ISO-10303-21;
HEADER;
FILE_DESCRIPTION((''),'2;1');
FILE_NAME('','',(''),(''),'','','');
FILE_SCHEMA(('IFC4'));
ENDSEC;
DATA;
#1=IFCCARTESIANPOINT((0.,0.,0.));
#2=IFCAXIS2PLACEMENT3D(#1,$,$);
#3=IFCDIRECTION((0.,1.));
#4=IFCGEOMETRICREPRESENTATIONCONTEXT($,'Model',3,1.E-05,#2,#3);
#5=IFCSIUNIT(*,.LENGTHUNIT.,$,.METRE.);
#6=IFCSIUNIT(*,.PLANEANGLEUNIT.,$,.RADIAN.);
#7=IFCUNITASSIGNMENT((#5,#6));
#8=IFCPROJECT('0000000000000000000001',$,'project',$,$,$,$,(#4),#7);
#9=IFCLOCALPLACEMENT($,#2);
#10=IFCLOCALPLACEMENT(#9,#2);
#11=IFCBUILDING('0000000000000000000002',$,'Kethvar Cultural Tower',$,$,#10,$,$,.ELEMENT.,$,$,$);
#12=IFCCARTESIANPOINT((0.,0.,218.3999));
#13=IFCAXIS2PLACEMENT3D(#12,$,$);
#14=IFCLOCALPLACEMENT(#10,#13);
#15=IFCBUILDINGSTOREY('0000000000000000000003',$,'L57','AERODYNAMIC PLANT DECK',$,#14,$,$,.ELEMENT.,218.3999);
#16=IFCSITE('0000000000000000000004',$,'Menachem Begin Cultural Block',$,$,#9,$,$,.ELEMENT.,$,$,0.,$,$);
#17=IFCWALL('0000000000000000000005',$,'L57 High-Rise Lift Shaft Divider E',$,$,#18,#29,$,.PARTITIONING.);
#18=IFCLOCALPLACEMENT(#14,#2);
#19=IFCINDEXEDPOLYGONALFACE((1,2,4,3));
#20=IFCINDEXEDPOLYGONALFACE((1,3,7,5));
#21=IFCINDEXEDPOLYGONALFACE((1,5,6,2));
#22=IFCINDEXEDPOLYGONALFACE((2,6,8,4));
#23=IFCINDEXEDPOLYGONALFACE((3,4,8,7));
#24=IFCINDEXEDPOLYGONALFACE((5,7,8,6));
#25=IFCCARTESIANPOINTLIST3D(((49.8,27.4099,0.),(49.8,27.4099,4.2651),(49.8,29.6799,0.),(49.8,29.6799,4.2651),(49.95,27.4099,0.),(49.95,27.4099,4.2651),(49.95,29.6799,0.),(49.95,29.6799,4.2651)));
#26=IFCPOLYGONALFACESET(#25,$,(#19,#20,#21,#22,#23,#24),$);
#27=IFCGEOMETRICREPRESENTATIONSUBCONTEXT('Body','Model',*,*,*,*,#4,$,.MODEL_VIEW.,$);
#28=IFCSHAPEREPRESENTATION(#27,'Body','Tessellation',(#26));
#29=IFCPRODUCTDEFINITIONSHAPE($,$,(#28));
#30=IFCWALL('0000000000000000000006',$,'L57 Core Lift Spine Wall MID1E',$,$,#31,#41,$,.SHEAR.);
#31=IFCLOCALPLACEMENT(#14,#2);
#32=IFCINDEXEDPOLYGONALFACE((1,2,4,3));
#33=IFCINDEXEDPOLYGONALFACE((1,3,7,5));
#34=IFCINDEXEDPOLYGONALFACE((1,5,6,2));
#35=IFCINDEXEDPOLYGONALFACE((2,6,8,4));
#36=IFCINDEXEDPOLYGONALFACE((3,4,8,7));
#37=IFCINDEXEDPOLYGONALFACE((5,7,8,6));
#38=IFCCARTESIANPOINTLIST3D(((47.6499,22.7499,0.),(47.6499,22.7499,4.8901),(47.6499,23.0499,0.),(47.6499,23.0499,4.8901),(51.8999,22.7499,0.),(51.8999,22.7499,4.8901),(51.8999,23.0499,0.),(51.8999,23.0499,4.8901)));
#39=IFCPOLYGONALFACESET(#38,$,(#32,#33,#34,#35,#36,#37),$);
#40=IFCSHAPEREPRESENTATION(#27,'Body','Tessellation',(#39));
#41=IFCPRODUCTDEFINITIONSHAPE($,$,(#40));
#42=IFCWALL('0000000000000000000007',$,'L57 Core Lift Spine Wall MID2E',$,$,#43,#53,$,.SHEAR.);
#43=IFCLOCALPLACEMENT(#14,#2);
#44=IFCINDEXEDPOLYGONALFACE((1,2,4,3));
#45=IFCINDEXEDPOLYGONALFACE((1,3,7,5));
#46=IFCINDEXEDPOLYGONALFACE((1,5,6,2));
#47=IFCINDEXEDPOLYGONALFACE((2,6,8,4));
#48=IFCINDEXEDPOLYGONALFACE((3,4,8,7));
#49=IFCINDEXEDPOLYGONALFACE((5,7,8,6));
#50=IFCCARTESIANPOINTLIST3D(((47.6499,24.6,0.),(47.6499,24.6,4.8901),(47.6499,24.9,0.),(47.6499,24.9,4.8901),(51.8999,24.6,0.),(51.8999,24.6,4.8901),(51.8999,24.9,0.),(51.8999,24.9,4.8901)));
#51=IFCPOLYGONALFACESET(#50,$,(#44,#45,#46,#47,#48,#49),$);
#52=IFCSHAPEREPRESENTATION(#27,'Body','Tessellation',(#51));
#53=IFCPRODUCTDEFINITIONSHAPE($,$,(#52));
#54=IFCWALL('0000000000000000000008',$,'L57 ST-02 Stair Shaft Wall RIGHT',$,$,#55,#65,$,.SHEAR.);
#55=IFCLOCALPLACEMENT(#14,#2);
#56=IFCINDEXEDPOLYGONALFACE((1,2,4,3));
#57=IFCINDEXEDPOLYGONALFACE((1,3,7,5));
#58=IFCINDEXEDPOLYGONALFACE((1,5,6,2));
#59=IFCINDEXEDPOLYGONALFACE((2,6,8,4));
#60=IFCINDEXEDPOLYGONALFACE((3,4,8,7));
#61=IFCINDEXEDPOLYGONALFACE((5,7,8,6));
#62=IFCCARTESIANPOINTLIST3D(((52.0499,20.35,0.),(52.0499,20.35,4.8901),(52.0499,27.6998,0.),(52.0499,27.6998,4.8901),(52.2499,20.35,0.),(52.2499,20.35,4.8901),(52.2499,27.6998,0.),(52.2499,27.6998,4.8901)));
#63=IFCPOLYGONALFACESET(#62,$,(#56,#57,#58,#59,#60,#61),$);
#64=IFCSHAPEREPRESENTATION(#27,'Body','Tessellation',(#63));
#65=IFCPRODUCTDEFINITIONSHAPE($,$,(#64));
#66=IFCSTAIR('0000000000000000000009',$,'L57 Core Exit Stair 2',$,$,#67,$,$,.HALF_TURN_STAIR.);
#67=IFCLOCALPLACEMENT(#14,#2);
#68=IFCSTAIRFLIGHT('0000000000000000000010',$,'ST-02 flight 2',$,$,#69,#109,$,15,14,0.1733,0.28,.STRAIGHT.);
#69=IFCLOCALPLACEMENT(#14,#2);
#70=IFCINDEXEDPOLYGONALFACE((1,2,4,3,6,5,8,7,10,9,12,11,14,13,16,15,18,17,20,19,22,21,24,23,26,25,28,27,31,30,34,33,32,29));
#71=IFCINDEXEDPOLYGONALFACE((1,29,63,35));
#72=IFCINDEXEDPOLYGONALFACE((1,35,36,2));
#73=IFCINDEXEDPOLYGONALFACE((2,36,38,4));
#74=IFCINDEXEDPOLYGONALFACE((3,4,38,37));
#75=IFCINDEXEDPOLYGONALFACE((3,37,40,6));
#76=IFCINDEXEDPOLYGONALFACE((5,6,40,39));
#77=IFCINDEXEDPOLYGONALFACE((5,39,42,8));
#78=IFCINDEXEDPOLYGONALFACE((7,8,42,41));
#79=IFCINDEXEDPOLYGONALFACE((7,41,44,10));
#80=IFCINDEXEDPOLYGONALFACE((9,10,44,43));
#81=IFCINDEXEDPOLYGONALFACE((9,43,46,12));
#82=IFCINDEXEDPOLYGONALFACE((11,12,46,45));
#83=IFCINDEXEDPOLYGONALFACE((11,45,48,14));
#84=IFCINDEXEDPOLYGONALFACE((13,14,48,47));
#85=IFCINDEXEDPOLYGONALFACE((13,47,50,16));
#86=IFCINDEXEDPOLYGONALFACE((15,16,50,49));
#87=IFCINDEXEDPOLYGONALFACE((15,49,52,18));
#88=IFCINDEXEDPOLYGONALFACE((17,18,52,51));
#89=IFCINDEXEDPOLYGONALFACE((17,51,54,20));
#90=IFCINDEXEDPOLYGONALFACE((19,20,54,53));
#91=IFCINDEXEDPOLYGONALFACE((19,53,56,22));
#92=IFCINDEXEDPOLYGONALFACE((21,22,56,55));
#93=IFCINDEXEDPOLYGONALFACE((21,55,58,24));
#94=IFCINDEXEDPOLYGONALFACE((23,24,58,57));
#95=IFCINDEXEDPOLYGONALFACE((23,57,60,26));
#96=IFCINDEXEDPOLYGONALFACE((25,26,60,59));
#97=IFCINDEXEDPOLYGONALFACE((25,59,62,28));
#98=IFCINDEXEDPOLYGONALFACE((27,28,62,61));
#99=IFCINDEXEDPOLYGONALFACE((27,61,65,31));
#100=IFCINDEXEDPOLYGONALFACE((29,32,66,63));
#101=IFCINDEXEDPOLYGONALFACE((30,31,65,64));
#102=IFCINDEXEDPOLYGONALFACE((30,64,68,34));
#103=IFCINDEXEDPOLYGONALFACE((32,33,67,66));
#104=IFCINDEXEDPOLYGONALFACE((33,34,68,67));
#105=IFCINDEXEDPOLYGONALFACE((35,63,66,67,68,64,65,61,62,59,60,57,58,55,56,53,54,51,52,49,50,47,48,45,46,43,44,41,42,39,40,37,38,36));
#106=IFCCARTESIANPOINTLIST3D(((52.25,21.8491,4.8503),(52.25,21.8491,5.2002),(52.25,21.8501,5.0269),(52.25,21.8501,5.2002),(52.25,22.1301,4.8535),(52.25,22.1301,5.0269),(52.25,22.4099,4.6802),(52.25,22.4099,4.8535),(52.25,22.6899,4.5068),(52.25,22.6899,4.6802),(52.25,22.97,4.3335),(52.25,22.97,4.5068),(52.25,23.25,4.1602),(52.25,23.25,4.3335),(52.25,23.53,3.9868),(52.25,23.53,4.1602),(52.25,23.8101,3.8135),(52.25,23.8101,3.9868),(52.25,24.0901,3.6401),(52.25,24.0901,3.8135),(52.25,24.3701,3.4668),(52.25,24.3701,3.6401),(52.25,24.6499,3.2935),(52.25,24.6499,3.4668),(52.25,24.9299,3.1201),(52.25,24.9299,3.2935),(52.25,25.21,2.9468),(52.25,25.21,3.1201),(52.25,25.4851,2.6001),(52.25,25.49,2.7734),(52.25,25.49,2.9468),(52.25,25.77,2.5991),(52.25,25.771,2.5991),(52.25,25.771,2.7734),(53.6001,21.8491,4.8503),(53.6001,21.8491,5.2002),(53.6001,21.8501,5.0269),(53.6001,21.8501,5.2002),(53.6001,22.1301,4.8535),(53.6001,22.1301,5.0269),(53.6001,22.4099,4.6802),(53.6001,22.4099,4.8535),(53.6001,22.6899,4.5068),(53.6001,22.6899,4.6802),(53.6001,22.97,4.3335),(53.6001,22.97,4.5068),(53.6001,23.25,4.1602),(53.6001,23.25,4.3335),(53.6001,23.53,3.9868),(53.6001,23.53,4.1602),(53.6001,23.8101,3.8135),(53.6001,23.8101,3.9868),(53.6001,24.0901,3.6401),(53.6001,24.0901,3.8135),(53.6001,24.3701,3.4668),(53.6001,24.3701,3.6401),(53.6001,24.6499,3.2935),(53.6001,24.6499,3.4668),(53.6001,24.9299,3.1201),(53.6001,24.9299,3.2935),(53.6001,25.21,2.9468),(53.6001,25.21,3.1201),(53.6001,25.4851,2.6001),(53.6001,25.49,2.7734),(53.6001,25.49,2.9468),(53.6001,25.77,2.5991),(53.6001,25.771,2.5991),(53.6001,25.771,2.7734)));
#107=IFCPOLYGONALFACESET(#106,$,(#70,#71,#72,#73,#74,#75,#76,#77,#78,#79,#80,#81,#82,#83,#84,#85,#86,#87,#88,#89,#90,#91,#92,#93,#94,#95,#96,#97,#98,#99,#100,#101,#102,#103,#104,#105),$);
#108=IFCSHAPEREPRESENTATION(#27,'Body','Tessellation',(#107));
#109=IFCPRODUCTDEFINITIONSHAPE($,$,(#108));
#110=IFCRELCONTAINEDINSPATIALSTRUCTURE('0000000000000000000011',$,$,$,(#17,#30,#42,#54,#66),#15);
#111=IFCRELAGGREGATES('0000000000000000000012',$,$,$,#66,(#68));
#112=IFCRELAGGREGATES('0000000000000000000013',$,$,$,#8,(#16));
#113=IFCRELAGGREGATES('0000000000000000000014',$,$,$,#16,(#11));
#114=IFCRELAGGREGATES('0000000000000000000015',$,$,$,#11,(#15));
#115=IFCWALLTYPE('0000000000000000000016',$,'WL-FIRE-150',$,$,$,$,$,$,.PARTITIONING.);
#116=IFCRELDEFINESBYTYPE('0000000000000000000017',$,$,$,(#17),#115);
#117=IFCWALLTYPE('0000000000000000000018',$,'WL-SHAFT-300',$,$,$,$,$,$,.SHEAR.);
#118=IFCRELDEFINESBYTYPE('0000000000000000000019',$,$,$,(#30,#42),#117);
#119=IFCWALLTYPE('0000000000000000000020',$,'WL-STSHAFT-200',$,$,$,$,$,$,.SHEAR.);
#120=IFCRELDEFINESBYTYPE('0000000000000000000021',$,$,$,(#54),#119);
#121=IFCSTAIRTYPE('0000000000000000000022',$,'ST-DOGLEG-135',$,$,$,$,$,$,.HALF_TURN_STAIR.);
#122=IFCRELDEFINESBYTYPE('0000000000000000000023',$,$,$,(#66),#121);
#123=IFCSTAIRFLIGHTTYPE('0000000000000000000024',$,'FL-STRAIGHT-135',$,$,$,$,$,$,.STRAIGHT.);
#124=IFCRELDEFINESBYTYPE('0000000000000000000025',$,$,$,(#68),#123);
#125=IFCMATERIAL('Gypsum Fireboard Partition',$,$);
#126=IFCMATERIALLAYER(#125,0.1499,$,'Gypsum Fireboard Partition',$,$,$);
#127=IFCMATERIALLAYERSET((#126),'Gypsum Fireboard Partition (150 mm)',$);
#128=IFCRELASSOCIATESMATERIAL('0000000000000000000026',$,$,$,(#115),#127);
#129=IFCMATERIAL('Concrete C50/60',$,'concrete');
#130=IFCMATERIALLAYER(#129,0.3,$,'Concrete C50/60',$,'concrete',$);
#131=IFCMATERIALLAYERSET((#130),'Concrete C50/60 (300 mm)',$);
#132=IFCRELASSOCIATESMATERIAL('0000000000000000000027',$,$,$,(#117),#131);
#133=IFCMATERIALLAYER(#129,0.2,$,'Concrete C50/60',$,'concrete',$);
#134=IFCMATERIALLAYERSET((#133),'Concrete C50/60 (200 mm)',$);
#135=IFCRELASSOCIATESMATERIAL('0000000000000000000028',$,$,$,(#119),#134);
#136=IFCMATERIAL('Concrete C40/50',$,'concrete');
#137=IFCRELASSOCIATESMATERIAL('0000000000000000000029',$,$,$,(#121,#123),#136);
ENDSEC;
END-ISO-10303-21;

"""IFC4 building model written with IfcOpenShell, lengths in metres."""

from ifc_helpers import new_model, si_unit, direction, frame, frame_2d, origin, place, context, subcontext, project, spatial, polyline, rectangle, outline, extrude, material, layer, layer_set, type_object, element, aggregate, save


model = new_model("IFC4")

# Units and contexts
model_context = context("Model", 3, precision=1e-05, world=origin(), true_north=direction((0.0, 1.0)))
body_context = subcontext(model_context, "Body", "Model", "MODEL_VIEW")
ifc_project = project(units=[si_unit("LENGTHUNIT", "METRE"), si_unit("PLANEANGLEUNIT", "RADIAN")], contexts=[model_context])

# Site, building, storey
site_placement = place(None, origin())
site = spatial("IfcSite", under=ifc_project, at=site_placement, Name="Menachem Begin Cultural Block", CompositionType="ELEMENT", RefElevation=0.0)
building_placement = place(site_placement, origin())
building = spatial("IfcBuilding", under=site, at=building_placement, Name="Kethvar Cultural Tower", CompositionType="ELEMENT")
storey_placement = place(building_placement, frame((0.0, 0.0, 218.3999)))
storey = spatial("IfcBuildingStorey", under=building, at=storey_placement, Name="L57", Description="AERODYNAMIC PLANT DECK", CompositionType="ELEMENT", Elevation=218.3999)

# Shared definitions
ifc_material_1 = material(Name="Gypsum Fireboard Partition")
ifc_layer_1 = layer(ifc_material_1, 0.1499, Name="Gypsum Fireboard Partition")
ifc_layer_set_1 = layer_set([ifc_layer_1], Name="Gypsum Fireboard Partition (150 mm)")
wall_type_1 = type_object("IfcWallType", Name="WL-FIRE-150", PredefinedType="PARTITIONING", material=ifc_layer_set_1)

# Walls
for number, where, z_axis, x_axis, name in (
    (1, (49.875, 27.4099, 0.0), (0.0, 0.0, 1.0), (0.0, 1.0, 0.0), "L57 High-Rise Lift Shaft Divider E"),
):
    element("IfcWall", number, at=place(storey_placement, frame(where, z_axis=z_axis, x_axis=x_axis)), inside=storey, type_object=wall_type_1, Name=name, PredefinedType="PARTITIONING", context=body_context, shape_type="SweptSolid", body=[
        extrude(rectangle(XDim=2.27, YDim=0.1499, at=frame_2d((1.135, 0.0))), origin(), (0.0, 0.0, 1.0), 4.2651),
    ])
ifc_material_2 = material(Name="Concrete C50/60", Category="concrete")
ifc_layer_2 = layer(ifc_material_2, 0.3, Name="Concrete C50/60", Category="concrete")
ifc_layer_set_2 = layer_set([ifc_layer_2], Name="Concrete C50/60 (300 mm)")
wall_type_2 = type_object("IfcWallType", Name="WL-SHAFT-300", PredefinedType="SHEAR", material=ifc_layer_set_2)
for number, where, z_axis, x_axis, name in (
    (2, (47.6499, 22.8999, 0.0), (0.0, 0.0, 1.0), (1.0, 0.0, 0.0), "L57 Core Lift Spine Wall MID1E"),
    (3, (47.6499, 24.75, 0.0), (0.0, 0.0, 1.0), (1.0, 0.0, 0.0), "L57 Core Lift Spine Wall MID2E"),
):
    element("IfcWall", number, at=place(storey_placement, frame(where, z_axis=z_axis, x_axis=x_axis)), inside=storey, type_object=wall_type_2, Name=name, PredefinedType="SHEAR", context=body_context, shape_type="SweptSolid", body=[
        extrude(rectangle(XDim=4.25, YDim=0.3, at=frame_2d((2.125, 0.0))), origin(), (0.0, 0.0, 1.0), 4.8901),
    ])
ifc_layer_3 = layer(ifc_material_2, 0.2, Name="Concrete C50/60", Category="concrete")
ifc_layer_set_3 = layer_set([ifc_layer_3], Name="Concrete C50/60 (200 mm)")
wall_type_3 = type_object("IfcWallType", Name="WL-STSHAFT-200", PredefinedType="SHEAR", material=ifc_layer_set_3)
wall_1_placement = place(storey_placement, frame((52.1499, 20.3501, 0.0), z_axis=(0.0, 0.0, 1.0), x_axis=(0.0, 1.0, 0.0)))
element("IfcWall", 4, at=wall_1_placement, inside=storey, type_object=wall_type_3, Name="L57 ST-02 Stair Shaft Wall RIGHT", PredefinedType="SHEAR", context=body_context, shape_type="SweptSolid", body=[
    extrude(rectangle(XDim=7.3499, YDim=0.2, at=frame_2d((3.6748, 0.0))), origin(), (0.0, 0.0, 1.0), 4.8901),
])

# Stair, stair flight
ifc_material_3 = material(Name="Concrete C40/50", Category="concrete")
stair_type = type_object("IfcStairType", Name="ST-DOGLEG-135", PredefinedType="HALF_TURN_STAIR", material=ifc_material_3)
stair_placement = place(storey_placement, origin())
stair = element("IfcStair", 5, at=stair_placement, inside=storey, type_object=stair_type, Name="L57 Core Exit Stair 2", PredefinedType="HALF_TURN_STAIR")
stair_flight_type = type_object("IfcStairFlightType", Name="FL-STRAIGHT-135", PredefinedType="STRAIGHT", material=ifc_material_3)
stair_flight_placement = place(storey_placement, frame((52.925, 25.77, 2.6001), z_axis=(0.0, 0.0, 1.0), x_axis=(0.0, -1.0, 0.0)))
stair_flight = element("IfcStairFlight", 6, at=stair_flight_placement, type_object=stair_flight_type, Name="ST-02 flight 2", NumberOfRisers=15, NumberOfTreads=14, PredefinedType="STRAIGHT", RiserHeight=0.1733, TreadLength=0.28, context=body_context, shape_type="SweptSolid", body=[
    extrude(outline(polyline([(-0.001, -0.001), (-0.001, 0.1733), (0.28, 0.1733), (0.28, 0.3467), (0.5601, 0.3467), (0.5601, 0.52), (0.8401, 0.52), (0.8401, 0.6934), (1.1201, 0.6934), (1.1201, 0.8667), (1.3999, 0.8667), (1.3999, 1.04), (1.6799, 1.04), (1.6799, 1.2134), (1.96, 1.2134), (1.96, 1.3867), (2.24, 1.3867), (2.24, 1.5601), (2.52, 1.5601), (2.52, 1.7334), (2.8, 1.7334), (2.8, 1.9067), (3.0801, 1.9067), (3.0801, 2.0801), (3.3601, 2.0801), (3.3601, 2.2534), (3.6399, 2.2534), (3.6399, 2.4268), (3.9199, 2.4268), (3.9199, 2.6001), (3.9209, 2.6001), (3.9209, 2.2502), (0.2849, 0.0), (0.0, -0.001), (-0.001, -0.001)])), frame((0.0, 0.675, 0.0), z_axis=(0.0, -1.0, 0.0), x_axis=(1.0, 0.0, 0.0)), (0.0, 0.0, 1.0), 1.3501),
])
aggregate(stair, [stair_flight])

save(model, "model.ifc")
